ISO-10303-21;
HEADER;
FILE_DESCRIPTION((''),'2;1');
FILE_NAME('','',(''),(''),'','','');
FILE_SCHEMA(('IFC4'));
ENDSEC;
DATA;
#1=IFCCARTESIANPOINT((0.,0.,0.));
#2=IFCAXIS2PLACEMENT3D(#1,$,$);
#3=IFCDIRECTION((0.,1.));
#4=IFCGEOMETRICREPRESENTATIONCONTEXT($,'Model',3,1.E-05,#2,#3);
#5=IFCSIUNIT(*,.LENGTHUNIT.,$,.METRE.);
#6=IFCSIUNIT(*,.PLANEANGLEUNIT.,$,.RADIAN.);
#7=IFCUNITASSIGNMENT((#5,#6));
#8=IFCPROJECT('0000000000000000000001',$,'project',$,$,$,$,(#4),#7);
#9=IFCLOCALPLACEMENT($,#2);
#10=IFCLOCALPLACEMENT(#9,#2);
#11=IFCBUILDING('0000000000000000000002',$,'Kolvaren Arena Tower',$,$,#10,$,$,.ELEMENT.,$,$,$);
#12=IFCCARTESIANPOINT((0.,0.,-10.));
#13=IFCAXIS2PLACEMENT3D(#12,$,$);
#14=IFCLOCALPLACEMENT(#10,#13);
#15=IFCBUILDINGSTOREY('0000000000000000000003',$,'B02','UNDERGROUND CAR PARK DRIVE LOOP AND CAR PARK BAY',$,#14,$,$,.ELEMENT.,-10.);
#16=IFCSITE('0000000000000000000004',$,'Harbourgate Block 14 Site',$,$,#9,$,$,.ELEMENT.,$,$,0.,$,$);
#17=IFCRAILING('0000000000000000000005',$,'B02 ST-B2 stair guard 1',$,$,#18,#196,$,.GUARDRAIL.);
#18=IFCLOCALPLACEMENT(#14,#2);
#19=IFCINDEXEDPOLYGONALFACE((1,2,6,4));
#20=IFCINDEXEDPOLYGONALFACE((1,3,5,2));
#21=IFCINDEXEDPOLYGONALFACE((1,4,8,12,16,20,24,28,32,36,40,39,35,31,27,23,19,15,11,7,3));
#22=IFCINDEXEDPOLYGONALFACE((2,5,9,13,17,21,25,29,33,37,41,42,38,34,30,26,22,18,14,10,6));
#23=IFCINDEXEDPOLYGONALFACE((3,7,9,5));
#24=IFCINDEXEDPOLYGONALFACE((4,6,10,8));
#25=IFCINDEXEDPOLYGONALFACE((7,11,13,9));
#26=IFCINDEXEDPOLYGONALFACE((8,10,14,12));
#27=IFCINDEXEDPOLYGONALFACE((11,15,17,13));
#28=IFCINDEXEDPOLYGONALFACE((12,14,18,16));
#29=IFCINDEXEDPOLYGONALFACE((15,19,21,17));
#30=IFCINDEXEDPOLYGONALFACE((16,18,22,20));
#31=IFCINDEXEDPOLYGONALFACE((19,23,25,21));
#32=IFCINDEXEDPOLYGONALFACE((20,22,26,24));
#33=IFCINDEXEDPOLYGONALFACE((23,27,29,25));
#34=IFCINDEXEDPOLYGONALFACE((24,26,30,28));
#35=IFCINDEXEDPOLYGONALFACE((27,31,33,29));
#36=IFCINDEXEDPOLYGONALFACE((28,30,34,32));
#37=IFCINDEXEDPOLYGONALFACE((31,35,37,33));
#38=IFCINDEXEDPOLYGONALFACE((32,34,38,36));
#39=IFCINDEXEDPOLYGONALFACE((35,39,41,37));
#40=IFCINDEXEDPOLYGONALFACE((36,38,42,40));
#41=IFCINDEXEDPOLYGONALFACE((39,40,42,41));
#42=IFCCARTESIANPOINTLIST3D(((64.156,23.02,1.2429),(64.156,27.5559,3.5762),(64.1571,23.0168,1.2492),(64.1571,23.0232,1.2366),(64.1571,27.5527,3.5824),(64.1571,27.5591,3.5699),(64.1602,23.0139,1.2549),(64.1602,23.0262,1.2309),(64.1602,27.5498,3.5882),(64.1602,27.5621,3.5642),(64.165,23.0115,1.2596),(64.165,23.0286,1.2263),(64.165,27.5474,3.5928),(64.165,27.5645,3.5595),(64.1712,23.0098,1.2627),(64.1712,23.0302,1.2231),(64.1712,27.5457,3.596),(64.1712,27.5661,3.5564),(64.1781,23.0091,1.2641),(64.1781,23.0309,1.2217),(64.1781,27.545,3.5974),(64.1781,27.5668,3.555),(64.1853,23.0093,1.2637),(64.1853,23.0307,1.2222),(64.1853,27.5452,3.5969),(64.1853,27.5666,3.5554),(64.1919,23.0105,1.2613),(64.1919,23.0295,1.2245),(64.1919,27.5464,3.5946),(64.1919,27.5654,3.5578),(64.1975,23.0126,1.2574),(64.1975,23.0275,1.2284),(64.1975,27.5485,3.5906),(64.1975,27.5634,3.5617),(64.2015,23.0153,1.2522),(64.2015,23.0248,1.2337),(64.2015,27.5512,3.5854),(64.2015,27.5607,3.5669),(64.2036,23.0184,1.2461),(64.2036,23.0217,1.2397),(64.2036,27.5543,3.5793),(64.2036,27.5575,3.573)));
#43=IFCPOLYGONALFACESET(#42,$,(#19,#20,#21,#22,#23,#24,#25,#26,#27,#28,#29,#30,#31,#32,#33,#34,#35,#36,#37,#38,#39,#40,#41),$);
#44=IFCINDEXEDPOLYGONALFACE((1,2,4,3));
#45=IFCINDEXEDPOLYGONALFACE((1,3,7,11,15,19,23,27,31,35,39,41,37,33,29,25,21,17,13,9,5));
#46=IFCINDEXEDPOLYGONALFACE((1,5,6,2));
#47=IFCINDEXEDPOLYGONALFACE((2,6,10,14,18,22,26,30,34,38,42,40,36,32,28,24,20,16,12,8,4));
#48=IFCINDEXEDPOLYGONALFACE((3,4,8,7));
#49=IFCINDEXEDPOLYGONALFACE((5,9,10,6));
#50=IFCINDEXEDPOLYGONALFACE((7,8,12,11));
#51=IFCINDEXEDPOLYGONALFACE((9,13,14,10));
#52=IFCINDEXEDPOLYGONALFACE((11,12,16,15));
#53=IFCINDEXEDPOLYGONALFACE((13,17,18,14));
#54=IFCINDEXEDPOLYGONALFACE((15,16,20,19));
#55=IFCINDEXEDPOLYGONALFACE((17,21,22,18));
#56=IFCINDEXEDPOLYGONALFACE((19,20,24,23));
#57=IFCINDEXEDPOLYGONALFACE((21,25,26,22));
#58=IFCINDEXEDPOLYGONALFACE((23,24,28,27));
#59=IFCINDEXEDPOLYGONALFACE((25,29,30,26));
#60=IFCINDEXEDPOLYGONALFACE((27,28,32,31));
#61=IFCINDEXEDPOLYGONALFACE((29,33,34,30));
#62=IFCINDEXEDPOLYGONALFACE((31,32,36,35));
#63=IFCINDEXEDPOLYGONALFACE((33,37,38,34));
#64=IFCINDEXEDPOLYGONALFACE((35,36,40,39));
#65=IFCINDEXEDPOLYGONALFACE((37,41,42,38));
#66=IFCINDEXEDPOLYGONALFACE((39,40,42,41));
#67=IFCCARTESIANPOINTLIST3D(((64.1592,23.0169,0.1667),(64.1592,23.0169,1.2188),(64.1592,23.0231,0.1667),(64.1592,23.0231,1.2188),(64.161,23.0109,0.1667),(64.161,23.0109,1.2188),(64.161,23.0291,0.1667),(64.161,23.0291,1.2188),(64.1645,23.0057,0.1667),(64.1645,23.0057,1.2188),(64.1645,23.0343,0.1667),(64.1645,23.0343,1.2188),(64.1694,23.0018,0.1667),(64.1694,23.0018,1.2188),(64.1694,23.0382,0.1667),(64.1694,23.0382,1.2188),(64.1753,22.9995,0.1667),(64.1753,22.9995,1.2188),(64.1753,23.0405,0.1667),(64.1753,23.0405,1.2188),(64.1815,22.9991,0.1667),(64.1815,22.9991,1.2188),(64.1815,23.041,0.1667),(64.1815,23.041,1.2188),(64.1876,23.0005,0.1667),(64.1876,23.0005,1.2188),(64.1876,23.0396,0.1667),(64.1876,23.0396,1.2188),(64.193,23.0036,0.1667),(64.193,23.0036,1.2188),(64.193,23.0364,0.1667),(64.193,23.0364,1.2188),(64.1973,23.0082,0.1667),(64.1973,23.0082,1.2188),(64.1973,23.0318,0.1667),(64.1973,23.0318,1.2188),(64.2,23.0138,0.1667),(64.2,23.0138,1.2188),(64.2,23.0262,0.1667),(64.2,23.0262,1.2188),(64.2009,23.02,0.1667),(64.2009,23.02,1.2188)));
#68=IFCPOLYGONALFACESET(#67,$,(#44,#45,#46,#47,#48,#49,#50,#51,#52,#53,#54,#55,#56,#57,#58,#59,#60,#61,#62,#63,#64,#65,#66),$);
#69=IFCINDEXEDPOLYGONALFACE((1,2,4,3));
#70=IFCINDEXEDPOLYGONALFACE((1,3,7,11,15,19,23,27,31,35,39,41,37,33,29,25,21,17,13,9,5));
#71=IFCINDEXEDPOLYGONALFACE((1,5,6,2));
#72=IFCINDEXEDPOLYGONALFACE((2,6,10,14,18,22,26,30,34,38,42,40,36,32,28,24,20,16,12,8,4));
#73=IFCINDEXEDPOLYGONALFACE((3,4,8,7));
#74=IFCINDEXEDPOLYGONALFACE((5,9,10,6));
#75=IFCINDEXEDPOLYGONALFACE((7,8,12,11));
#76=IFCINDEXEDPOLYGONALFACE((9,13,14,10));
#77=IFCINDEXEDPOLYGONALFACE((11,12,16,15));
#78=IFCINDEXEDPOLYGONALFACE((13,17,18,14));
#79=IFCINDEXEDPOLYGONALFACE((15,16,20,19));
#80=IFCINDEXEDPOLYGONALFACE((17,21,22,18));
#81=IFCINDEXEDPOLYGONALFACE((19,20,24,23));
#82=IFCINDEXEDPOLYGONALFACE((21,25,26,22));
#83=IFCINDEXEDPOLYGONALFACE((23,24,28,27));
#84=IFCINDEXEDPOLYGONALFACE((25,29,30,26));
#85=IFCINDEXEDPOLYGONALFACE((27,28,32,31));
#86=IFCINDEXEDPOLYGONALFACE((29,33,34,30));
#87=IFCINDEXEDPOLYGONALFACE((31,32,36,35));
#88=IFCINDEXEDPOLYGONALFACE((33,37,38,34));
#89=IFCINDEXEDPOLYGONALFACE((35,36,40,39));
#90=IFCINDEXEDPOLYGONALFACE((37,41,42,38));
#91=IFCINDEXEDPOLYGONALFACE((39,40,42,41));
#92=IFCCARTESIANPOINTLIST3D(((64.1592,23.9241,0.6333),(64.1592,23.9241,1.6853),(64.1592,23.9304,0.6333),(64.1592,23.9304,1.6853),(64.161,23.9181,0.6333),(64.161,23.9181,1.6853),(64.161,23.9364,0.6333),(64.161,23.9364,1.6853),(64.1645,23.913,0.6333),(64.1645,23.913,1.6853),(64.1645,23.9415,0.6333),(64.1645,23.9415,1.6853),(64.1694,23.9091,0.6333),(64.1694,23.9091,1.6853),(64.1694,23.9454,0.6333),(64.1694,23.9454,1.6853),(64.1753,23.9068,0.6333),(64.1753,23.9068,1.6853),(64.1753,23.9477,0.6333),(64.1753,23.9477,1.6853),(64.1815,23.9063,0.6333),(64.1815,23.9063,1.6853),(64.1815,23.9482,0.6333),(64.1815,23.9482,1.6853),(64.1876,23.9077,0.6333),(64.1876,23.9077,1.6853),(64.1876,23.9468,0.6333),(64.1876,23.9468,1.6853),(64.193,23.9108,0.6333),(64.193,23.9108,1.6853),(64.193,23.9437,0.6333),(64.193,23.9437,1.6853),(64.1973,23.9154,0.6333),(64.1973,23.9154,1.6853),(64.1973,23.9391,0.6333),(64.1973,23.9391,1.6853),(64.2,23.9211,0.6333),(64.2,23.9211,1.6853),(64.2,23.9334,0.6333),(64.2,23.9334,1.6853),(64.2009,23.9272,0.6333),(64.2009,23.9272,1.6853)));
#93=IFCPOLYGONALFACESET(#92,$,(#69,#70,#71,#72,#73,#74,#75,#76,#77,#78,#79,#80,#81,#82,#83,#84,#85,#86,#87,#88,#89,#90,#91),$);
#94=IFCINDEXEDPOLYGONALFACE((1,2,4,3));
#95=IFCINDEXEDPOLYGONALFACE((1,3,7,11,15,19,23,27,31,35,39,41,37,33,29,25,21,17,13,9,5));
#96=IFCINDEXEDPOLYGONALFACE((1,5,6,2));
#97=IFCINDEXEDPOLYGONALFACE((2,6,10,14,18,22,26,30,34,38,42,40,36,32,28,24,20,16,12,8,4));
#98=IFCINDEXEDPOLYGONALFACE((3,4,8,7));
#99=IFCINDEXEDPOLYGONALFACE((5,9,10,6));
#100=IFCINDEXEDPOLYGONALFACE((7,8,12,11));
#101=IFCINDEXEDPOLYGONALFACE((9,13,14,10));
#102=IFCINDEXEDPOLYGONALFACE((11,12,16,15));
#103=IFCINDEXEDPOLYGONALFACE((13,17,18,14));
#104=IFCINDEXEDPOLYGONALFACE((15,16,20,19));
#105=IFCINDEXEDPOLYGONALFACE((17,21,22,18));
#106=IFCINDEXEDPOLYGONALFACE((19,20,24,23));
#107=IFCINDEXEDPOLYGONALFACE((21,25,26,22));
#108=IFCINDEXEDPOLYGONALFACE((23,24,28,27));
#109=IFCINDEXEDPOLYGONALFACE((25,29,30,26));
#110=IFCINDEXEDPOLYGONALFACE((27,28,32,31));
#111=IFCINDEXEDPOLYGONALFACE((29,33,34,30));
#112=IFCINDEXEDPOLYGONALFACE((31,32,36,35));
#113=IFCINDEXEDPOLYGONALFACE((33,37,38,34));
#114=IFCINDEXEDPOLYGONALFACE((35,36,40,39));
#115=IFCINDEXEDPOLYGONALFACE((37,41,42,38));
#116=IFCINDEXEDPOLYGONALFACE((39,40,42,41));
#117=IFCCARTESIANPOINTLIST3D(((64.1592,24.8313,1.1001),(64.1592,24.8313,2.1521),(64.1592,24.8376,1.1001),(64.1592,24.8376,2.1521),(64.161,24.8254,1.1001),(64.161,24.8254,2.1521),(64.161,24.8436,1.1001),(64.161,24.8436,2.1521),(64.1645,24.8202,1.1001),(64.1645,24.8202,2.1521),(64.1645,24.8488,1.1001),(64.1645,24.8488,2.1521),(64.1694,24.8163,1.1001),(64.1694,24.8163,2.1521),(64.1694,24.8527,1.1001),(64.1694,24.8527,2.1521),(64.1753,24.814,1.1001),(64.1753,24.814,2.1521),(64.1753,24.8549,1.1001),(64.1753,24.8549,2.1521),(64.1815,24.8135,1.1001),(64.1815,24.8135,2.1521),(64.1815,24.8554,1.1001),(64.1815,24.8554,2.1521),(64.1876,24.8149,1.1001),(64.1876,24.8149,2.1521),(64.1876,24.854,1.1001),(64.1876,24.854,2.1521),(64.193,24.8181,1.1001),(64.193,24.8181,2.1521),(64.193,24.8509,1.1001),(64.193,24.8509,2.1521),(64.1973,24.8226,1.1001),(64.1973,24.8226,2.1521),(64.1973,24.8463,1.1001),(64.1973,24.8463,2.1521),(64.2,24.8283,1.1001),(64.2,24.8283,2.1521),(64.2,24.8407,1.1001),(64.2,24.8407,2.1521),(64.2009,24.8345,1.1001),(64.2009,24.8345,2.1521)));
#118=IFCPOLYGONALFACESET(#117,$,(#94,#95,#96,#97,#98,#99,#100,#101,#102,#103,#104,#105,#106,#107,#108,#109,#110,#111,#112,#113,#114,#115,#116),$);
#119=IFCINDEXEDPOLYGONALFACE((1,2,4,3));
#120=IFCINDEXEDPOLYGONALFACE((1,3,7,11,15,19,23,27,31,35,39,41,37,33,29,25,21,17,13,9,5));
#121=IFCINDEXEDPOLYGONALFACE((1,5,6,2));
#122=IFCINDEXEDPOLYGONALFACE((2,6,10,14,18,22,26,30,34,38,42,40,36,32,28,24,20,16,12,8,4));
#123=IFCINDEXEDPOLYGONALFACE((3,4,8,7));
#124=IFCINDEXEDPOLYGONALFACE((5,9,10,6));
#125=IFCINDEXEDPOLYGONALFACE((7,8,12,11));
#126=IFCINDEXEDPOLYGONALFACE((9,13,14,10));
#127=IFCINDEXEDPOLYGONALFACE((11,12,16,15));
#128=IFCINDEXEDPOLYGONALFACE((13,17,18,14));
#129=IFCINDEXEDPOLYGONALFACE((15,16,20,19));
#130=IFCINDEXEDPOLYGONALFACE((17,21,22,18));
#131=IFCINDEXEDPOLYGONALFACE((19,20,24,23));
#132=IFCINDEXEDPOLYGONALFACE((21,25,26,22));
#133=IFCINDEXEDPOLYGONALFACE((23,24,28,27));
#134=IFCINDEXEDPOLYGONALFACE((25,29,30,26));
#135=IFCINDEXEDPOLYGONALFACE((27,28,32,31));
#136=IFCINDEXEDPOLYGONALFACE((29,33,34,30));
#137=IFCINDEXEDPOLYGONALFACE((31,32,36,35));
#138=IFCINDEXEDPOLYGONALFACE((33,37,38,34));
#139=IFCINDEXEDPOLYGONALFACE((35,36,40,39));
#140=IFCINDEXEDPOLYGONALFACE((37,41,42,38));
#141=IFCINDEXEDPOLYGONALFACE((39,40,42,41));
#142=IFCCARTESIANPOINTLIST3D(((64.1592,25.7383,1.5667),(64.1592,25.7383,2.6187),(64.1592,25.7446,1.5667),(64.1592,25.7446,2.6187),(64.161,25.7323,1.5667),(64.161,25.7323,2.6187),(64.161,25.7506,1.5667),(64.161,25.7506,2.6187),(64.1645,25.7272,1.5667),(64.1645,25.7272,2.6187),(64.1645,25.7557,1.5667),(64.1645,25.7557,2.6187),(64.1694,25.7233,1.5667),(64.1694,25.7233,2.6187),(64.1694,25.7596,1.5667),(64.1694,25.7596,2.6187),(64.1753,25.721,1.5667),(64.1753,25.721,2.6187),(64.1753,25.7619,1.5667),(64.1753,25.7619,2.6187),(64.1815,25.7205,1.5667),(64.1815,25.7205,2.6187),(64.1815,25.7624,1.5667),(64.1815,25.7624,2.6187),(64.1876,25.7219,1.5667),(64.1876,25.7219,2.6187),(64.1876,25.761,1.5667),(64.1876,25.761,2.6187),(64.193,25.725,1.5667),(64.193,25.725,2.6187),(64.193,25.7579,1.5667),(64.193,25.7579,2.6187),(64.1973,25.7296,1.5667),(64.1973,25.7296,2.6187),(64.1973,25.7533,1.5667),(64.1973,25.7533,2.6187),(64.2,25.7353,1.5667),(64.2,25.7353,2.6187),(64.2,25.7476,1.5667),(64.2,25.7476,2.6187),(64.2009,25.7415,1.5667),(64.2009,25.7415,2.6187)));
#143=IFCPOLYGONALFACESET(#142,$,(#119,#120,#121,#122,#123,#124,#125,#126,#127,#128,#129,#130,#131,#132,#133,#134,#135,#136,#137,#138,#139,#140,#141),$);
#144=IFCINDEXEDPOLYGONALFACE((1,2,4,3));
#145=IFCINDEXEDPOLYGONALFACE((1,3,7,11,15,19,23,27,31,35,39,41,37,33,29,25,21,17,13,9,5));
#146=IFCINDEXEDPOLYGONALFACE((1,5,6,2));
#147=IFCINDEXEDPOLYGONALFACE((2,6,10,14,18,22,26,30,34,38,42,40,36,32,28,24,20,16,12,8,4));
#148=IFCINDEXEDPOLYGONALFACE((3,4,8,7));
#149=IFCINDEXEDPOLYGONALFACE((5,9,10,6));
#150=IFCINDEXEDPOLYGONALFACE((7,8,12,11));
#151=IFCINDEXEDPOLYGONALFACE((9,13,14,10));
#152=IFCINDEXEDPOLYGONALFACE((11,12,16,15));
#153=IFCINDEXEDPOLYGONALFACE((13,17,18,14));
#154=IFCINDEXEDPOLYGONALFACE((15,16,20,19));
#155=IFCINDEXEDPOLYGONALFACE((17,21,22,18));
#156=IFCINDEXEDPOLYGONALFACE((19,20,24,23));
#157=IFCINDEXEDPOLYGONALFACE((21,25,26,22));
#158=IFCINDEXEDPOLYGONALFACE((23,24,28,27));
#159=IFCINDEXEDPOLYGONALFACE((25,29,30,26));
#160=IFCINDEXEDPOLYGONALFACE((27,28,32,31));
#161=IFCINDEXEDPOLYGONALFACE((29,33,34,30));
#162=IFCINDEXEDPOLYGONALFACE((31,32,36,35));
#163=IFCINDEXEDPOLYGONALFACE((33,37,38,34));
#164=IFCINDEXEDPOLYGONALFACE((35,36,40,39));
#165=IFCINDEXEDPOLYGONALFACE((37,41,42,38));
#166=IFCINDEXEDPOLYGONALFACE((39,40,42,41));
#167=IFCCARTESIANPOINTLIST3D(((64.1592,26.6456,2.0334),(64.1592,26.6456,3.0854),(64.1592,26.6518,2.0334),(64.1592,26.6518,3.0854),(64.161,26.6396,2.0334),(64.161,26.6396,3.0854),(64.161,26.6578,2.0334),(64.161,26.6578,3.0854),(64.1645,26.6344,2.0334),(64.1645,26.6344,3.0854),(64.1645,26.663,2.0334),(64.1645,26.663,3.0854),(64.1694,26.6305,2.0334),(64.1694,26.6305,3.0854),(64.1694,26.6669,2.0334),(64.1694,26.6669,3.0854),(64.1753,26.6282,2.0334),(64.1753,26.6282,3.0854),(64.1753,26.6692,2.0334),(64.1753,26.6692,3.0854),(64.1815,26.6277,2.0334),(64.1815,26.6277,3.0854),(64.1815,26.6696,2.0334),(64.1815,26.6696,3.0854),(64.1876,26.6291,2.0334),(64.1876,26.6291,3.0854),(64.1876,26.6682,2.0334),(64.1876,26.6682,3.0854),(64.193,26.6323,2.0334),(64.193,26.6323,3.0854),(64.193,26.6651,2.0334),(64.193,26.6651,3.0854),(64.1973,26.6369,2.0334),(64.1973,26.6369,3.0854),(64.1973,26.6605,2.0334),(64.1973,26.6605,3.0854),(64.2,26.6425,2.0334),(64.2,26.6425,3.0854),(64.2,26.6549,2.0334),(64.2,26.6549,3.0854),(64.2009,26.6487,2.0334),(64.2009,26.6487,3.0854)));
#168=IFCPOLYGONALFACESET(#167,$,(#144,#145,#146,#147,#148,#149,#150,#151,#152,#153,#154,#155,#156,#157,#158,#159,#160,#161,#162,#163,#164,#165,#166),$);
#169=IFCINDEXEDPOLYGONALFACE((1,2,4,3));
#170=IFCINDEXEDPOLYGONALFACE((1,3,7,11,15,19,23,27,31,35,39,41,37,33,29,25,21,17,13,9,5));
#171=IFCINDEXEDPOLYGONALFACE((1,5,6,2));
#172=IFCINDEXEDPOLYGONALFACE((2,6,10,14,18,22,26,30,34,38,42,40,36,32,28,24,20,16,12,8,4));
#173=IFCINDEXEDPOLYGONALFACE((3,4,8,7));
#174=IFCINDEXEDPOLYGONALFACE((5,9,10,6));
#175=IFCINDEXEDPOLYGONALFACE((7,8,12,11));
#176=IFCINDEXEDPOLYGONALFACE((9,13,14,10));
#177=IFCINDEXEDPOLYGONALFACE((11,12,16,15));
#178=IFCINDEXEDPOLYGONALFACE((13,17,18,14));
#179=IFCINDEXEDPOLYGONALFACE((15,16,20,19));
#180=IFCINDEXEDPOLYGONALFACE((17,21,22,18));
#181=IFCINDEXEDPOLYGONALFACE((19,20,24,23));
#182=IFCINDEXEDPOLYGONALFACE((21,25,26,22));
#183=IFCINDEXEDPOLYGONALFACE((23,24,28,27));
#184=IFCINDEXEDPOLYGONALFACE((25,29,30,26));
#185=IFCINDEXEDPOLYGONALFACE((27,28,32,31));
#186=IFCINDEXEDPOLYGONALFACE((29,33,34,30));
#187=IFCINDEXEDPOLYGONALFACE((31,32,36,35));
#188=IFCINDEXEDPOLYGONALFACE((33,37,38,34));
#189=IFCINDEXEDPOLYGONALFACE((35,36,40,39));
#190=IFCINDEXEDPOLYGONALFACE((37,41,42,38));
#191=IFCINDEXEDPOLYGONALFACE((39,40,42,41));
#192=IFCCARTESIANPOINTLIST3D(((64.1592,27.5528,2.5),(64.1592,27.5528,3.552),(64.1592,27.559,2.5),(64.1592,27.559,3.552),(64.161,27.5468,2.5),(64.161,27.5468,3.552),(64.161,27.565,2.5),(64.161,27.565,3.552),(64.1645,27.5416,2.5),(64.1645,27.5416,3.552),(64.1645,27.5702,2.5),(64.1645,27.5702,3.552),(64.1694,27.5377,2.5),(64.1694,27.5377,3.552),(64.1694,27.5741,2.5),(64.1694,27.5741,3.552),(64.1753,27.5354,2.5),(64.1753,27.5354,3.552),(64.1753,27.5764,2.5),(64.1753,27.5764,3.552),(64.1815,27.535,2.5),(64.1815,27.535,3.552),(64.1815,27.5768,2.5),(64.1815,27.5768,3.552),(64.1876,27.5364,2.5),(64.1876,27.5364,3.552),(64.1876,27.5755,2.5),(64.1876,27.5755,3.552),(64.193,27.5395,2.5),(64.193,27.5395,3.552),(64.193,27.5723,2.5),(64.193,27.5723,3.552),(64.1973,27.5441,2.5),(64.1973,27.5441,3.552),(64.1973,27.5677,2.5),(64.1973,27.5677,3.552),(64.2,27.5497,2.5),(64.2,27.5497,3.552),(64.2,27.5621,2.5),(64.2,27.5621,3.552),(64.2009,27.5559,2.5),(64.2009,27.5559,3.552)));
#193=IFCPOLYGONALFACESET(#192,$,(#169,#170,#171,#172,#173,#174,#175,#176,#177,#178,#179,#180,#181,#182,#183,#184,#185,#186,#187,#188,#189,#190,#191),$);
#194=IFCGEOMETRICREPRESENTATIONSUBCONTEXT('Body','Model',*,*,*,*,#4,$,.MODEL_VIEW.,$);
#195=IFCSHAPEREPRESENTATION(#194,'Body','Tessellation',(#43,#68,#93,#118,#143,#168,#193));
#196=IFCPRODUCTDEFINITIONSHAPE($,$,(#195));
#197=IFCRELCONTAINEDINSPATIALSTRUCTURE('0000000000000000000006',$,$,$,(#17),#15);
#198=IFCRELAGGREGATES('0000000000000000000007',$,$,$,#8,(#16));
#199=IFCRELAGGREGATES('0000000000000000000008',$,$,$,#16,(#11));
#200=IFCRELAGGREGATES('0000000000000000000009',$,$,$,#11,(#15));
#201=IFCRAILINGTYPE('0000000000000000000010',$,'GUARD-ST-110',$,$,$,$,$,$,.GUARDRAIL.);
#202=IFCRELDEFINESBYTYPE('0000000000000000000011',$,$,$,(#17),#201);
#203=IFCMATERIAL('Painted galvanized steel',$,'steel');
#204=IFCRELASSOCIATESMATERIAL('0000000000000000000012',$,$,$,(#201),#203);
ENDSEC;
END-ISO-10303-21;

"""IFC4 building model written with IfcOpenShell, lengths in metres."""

from ifc_helpers import new_model, si_unit, direction, frame, origin, origin_2d, place, context, subcontext, project, spatial, circle, extrude, material, type_object, element, save


model = new_model("IFC4")

# Units and contexts
model_context = context("Model", 3, precision=1e-05, world=origin(), true_north=direction((0.0, 1.0)))
body_context = subcontext(model_context, "Body", "Model", "MODEL_VIEW")
ifc_project = project(units=[si_unit("LENGTHUNIT", "METRE"), si_unit("PLANEANGLEUNIT", "RADIAN")], contexts=[model_context])

# Site, building, storey
site_placement = place(None, origin())
site = spatial("IfcSite", under=ifc_project, at=site_placement, Name="Harbourgate Block 14 Site", CompositionType="ELEMENT", RefElevation=0.0)
building_placement = place(site_placement, origin())
building = spatial("IfcBuilding", under=site, at=building_placement, Name="Kolvaren Arena Tower", CompositionType="ELEMENT")
storey_placement = place(building_placement, frame((0.0, 0.0, -10.0)))
storey = spatial("IfcBuildingStorey", under=building, at=storey_placement, Name="B02", Description="UNDERGROUND CAR PARK DRIVE LOOP AND CAR PARK BAY", CompositionType="ELEMENT", Elevation=-10.0)

# Railing
ifc_material_1 = material(Name="Painted galvanized steel", Category="steel")
railing_type_1 = type_object("IfcRailingType", Name="GUARD-ST-110", PredefinedType="GUARDRAIL", material=ifc_material_1)
railing_1_placement = place(storey_placement, frame((64.1799, 23.02, 0.1667)))
element("IfcRailing", 1, at=railing_1_placement, inside=storey, type_object=railing_type_1, Name="B02 ST-B2 stair guard 1", PredefinedType="GUARDRAIL", context=body_context, shape_type="SweptSolid", body=[
    extrude(circle(Radius=0.0239, at=origin_2d()), frame((0.0, 0.0, 1.0762), z_axis=(0.0, 0.889247, 0.457427), x_axis=(-1.0, 0.0, 0.0)), (0.0, 0.0, 1.0), 5.1008),
    extrude(circle(Radius=0.021, at=origin_2d()), origin(), (0.0, 0.0, 1.0), 1.052),
    extrude(circle(Radius=0.021, at=origin_2d()), frame((0.0, 0.9072, 0.4666)), (0.0, 0.0, 1.0), 1.052),
    extrude(circle(Radius=0.021, at=origin_2d()), frame((0.0, 1.8145, 0.9333)), (0.0, 0.0, 1.0), 1.052),
    extrude(circle(Radius=0.021, at=origin_2d()), frame((0.0, 2.7214, 1.3999)), (0.0, 0.0, 1.0), 1.052),
    extrude(circle(Radius=0.021, at=origin_2d()), frame((0.0, 3.6287, 1.8667)), (0.0, 0.0, 1.0), 1.052),
    extrude(circle(Radius=0.021, at=origin_2d()), frame((0.0, 4.5359, 2.3333)), (0.0, 0.0, 1.0), 1.052),
])

save(model, "model.ifc")
